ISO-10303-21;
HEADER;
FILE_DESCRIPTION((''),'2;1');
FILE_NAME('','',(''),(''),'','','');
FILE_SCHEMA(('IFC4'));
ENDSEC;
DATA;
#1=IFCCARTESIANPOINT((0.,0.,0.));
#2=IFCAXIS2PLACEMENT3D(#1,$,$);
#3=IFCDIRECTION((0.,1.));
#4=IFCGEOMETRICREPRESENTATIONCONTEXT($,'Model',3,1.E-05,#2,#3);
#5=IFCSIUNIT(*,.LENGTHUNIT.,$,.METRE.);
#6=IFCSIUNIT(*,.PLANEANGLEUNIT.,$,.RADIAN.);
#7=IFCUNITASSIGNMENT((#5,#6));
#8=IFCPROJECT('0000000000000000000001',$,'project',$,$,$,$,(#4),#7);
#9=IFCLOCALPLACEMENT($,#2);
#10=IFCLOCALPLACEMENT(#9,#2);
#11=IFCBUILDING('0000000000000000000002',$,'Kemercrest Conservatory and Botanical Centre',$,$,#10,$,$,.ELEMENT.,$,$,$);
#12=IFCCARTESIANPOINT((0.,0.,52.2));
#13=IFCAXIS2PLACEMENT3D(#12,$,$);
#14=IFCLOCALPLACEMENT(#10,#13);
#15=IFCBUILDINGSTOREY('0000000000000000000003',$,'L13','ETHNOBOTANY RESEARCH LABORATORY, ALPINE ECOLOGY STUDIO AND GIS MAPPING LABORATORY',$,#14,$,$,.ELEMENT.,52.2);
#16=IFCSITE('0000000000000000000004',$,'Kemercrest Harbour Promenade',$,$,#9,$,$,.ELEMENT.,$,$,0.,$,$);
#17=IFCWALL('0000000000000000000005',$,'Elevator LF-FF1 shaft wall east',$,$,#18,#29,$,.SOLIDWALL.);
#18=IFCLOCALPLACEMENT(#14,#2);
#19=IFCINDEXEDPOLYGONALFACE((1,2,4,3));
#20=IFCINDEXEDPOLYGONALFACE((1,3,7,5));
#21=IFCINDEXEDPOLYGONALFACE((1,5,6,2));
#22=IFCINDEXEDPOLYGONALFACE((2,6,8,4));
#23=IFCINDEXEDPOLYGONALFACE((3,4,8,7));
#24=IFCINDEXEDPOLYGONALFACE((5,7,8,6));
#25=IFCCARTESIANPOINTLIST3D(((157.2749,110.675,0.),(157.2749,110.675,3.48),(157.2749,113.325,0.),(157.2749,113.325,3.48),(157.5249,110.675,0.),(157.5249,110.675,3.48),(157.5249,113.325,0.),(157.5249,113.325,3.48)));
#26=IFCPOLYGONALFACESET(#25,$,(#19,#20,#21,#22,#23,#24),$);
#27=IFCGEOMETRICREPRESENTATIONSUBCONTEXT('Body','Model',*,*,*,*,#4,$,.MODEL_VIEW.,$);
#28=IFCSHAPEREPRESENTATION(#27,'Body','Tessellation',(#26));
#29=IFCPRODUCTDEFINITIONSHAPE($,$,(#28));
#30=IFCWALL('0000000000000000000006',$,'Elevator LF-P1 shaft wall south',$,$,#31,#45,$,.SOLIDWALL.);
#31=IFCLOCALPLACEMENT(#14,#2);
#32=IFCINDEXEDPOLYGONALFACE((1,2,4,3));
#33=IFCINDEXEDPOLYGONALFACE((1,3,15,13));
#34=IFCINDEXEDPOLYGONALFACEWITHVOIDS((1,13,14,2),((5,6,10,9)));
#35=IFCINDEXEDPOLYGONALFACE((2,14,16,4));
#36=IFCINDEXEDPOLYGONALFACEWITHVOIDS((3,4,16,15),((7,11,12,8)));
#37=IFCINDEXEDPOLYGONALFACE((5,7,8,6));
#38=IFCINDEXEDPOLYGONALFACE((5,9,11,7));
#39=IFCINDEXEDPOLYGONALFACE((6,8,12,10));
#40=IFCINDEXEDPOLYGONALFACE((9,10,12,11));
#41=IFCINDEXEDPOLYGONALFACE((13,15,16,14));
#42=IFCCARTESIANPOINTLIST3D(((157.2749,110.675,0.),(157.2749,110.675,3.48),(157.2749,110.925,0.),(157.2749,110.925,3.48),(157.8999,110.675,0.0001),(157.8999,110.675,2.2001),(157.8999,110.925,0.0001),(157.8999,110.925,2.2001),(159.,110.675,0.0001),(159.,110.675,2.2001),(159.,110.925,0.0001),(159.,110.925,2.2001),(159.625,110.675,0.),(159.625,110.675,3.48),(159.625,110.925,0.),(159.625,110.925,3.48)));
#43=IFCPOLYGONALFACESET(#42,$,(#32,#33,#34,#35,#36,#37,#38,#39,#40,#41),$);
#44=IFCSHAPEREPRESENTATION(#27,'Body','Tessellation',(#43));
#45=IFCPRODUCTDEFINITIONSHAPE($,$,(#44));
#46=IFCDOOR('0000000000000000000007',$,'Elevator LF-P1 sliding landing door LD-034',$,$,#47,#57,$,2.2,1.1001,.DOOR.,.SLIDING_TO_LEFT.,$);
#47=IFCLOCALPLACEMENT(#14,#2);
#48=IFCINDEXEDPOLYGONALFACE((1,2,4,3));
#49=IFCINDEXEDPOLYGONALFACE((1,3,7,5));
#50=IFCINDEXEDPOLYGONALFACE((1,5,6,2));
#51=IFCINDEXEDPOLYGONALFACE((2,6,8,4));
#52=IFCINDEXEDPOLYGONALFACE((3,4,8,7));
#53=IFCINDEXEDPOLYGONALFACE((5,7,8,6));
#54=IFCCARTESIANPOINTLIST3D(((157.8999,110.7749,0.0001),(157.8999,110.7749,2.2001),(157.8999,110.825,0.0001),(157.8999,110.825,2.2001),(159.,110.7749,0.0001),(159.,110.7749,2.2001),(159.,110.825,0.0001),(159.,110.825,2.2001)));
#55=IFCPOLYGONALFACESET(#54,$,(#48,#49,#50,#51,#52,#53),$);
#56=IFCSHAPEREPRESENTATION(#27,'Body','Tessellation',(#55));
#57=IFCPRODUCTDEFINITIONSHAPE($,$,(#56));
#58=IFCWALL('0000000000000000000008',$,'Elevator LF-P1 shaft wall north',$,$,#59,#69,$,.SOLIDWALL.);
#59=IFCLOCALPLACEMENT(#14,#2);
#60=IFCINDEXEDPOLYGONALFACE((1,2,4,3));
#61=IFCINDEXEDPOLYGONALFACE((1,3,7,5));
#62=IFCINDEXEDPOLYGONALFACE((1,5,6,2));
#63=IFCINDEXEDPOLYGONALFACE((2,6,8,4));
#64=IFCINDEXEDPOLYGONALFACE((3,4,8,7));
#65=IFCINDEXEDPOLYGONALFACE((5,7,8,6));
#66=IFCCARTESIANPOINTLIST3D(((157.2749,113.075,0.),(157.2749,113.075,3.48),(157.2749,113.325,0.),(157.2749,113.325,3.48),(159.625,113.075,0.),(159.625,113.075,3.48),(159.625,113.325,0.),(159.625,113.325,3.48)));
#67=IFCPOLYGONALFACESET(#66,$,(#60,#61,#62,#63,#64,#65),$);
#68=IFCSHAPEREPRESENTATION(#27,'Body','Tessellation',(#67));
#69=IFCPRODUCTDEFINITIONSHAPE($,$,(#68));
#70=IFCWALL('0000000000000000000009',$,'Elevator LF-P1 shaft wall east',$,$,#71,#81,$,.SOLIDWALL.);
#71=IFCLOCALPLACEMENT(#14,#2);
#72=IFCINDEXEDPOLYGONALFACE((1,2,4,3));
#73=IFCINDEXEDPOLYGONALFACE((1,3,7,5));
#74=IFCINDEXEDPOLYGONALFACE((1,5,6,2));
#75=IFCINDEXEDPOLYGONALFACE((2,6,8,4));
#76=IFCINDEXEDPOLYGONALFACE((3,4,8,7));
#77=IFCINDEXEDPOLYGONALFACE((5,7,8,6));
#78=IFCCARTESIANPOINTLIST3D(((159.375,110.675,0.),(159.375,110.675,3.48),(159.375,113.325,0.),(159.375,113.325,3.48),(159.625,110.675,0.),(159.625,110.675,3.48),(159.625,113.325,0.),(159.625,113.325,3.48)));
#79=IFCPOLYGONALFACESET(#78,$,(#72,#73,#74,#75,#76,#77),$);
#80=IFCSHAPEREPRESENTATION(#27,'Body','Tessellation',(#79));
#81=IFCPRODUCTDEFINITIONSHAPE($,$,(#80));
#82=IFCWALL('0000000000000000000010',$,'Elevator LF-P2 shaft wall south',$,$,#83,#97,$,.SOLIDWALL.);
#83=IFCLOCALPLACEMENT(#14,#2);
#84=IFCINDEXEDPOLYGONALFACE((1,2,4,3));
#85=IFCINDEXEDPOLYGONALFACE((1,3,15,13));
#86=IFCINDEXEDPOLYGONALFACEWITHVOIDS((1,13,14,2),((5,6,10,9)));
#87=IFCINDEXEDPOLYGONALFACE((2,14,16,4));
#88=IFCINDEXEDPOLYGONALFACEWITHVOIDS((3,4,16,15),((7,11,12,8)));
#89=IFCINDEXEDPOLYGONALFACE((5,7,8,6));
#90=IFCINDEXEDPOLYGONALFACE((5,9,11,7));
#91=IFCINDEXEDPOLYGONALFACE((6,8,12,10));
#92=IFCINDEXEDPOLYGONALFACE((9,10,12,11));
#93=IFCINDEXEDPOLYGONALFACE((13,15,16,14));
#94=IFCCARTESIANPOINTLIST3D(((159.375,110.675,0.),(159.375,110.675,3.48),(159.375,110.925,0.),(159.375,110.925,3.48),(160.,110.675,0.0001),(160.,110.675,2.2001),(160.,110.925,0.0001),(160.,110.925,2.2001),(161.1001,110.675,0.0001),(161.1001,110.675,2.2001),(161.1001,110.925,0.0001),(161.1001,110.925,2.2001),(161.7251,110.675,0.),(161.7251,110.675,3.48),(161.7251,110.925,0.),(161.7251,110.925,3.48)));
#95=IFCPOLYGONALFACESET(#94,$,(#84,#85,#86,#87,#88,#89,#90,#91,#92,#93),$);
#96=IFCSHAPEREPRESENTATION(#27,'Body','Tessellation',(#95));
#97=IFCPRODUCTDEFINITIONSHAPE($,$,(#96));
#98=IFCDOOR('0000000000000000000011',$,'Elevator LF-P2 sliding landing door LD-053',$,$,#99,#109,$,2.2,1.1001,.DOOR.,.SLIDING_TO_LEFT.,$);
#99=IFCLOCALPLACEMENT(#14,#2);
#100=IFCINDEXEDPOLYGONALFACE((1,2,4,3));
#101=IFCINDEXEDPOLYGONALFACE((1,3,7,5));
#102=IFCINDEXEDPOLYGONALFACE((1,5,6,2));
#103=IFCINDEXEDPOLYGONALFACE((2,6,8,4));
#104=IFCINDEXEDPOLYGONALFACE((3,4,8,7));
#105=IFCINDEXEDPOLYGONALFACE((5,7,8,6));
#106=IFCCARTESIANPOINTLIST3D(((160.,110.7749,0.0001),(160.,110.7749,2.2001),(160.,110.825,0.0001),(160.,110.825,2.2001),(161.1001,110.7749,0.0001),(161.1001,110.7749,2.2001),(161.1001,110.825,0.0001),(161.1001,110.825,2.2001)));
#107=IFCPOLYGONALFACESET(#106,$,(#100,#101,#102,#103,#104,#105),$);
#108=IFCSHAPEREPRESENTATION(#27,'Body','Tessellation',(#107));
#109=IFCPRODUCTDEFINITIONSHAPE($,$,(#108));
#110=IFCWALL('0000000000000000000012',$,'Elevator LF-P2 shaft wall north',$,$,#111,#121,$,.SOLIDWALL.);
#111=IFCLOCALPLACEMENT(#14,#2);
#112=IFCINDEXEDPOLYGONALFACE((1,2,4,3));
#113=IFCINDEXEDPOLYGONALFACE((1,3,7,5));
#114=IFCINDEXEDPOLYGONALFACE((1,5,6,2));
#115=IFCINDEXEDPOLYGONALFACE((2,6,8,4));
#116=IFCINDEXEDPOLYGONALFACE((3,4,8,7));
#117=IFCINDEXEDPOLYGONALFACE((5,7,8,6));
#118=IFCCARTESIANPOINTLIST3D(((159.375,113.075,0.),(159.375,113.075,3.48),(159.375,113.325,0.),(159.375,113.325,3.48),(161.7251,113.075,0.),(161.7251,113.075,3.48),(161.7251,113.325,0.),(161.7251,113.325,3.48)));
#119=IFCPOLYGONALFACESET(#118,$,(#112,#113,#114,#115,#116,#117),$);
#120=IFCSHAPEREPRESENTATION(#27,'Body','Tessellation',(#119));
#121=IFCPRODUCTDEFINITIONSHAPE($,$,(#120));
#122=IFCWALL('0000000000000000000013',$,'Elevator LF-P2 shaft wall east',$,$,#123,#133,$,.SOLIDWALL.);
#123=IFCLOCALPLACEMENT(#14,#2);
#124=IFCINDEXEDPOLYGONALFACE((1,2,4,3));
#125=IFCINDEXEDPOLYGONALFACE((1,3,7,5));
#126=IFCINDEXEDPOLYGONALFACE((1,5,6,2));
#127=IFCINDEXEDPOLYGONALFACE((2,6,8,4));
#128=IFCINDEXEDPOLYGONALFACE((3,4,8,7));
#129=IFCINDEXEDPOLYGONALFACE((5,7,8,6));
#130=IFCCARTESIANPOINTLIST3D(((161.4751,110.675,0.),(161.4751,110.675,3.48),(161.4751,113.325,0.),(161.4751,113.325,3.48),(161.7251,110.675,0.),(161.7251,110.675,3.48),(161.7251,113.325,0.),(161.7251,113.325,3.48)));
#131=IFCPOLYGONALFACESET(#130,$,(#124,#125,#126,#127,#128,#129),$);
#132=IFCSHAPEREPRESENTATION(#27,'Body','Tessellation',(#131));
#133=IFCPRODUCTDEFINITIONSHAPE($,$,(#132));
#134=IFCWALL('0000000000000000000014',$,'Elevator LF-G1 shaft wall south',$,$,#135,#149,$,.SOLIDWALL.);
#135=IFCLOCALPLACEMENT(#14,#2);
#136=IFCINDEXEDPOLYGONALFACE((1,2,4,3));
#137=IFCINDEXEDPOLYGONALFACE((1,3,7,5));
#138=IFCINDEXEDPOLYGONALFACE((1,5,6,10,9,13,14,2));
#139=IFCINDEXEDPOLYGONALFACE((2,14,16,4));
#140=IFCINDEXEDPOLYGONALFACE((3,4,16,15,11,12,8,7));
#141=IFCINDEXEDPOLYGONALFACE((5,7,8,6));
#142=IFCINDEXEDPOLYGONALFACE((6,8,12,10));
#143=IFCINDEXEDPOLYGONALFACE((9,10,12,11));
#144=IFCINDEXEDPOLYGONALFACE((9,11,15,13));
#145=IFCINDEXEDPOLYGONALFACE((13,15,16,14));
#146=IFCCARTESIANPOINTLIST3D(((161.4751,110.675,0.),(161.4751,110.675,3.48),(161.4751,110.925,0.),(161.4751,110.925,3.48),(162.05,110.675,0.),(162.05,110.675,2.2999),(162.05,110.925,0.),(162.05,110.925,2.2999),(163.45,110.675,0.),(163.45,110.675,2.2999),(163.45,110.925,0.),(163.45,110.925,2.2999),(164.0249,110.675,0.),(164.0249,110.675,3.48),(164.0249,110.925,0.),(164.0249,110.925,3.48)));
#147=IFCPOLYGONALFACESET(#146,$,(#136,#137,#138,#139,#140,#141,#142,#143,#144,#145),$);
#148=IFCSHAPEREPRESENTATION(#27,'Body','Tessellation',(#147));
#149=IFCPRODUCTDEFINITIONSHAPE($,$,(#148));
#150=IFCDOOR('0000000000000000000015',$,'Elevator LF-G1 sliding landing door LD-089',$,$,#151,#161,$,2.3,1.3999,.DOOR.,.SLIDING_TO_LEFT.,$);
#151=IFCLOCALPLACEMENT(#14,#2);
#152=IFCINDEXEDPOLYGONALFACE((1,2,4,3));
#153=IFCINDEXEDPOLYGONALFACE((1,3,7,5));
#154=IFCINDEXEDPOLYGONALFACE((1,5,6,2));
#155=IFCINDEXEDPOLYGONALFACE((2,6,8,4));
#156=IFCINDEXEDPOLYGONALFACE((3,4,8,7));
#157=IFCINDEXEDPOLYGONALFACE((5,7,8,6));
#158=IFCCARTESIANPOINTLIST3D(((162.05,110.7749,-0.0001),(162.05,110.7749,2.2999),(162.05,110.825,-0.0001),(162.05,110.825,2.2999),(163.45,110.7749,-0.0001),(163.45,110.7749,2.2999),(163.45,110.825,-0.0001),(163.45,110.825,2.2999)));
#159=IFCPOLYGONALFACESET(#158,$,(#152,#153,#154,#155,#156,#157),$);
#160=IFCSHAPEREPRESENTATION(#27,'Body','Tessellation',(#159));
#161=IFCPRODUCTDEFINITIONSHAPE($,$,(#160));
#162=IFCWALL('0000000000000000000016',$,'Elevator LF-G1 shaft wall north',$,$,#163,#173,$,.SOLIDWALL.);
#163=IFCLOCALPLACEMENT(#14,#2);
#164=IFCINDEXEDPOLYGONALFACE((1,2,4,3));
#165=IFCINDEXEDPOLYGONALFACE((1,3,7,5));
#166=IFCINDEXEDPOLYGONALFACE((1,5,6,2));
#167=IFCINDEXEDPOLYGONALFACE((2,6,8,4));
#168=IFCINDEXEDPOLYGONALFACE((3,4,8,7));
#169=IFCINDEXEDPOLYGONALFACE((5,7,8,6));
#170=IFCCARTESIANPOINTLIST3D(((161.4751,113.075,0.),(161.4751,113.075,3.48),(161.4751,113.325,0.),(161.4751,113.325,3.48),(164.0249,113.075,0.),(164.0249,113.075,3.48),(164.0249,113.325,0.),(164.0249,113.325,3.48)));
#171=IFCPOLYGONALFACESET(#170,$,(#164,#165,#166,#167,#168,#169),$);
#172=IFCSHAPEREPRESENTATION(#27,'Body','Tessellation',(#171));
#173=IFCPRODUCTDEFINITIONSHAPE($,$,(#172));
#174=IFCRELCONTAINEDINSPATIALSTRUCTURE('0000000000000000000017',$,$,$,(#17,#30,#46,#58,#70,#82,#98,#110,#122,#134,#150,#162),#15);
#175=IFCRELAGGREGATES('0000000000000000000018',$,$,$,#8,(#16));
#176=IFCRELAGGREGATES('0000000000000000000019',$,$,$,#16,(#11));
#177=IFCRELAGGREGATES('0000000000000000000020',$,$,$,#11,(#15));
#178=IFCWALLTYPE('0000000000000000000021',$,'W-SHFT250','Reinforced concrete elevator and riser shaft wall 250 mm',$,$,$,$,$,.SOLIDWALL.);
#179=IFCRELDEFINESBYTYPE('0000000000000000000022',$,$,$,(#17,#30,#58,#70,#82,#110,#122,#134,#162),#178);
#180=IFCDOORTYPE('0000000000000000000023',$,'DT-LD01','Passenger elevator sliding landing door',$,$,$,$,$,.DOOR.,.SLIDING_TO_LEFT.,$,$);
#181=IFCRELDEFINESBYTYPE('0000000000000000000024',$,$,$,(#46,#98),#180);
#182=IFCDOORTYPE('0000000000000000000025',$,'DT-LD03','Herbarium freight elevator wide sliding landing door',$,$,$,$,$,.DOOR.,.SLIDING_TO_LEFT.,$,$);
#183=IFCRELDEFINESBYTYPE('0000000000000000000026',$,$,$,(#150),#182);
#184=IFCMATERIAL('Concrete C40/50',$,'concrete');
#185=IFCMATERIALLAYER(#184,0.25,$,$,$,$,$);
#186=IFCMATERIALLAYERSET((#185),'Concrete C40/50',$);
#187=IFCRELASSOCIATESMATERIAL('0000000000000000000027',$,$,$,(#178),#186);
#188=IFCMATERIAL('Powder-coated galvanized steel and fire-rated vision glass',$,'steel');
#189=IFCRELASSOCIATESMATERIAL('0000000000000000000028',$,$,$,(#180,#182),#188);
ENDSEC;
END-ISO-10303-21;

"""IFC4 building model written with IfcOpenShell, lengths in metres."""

from ifc_helpers import new_model, si_unit, direction, frame, frame_2d, origin, place, context, subcontext, project, spatial, rectangle, extrude, material, layer, layer_set, type_object, element, fill, save


model = new_model("IFC4")

# Units and contexts
model_context = context("Model", 3, precision=1e-05, world=origin(), true_north=direction((0.0, 1.0)))
body_context = subcontext(model_context, "Body", "Model", "MODEL_VIEW")
ifc_project = project(units=[si_unit("LENGTHUNIT", "METRE"), si_unit("PLANEANGLEUNIT", "RADIAN")], contexts=[model_context])

# Site, building, storey
site_placement = place(None, origin())
site = spatial("IfcSite", under=ifc_project, at=site_placement, Name="Kemercrest Harbour Promenade", CompositionType="ELEMENT", RefElevation=0.0)
building_placement = place(site_placement, origin())
building = spatial("IfcBuilding", under=site, at=building_placement, Name="Kemercrest Conservatory and Botanical Centre", CompositionType="ELEMENT")
storey_placement = place(building_placement, frame((0.0, 0.0, 52.2)))
storey = spatial("IfcBuildingStorey", under=building, at=storey_placement, Name="L13", Description="ETHNOBOTANY RESEARCH LABORATORY, ALPINE ECOLOGY STUDIO AND GIS MAPPING LABORATORY", CompositionType="ELEMENT", Elevation=52.2)

# Shared definitions
ifc_material_1 = material(Name="Concrete C40/50", Category="concrete")

# Wall
ifc_layer_1 = layer(ifc_material_1, 0.25)
ifc_layer_set_1 = layer_set([ifc_layer_1], Name="Concrete C40/50")
wall_type_1 = type_object("IfcWallType", Name="W-SHFT250", Description="Reinforced concrete elevator and riser shaft wall 250 mm", PredefinedType="SOLIDWALL", material=ifc_layer_set_1)
wall_1_placement = place(storey_placement, frame((157.3999, 110.675, 0.0), z_axis=(0.0, 0.0, 1.0), x_axis=(0.0, 1.0, 0.0)))
element("IfcWall", 1, at=wall_1_placement, inside=storey, type_object=wall_type_1, Name="Elevator LF-FF1 shaft wall east", PredefinedType="SOLIDWALL", context=body_context, shape_type="SweptSolid", body=[
    extrude(rectangle(XDim=2.6499, YDim=0.25, at=frame_2d((1.325, 0.0))), origin(), (0.0, 0.0, 1.0), 3.48),
])

# Wall, opening, door
wall_2_placement = place(storey_placement, frame((157.2749, 110.8, 0.0), z_axis=(0.0, 0.0, 1.0), x_axis=(1.0, 0.0, 0.0)))
wall_2 = element("IfcWall", 2, at=wall_2_placement, inside=storey, type_object=wall_type_1, Name="Elevator LF-P1 shaft wall south", PredefinedType="SOLIDWALL", context=body_context, shape_type="SweptSolid", body=[
    extrude(rectangle(XDim=2.3501, YDim=0.25, at=frame_2d((1.175, 0.0))), origin(), (0.0, 0.0, 1.0), 3.48),
])
opening_1_placement = place(wall_2_placement, frame((0.625, 0.0, 0.0)))
opening_1 = element("IfcOpeningElement", 3, at=opening_1_placement, cuts=wall_2, PredefinedType="OPENING", context=body_context, shape_type="SweptSolid", body=[
    extrude(rectangle(XDim=1.1001, YDim=2.2, at=frame_2d((0.55, 1.1001))), frame((0.0, 0.135, 0.0), z_axis=(0.0, -1.0, 0.0), x_axis=(1.0, 0.0, 0.0)), (0.0, 0.0, 1.0), 0.27),
])
ifc_material_2 = material(Name="Powder-coated galvanized steel and fire-rated vision glass", Category="steel")
door_type_1 = type_object("IfcDoorType", Name="DT-LD01", Description="Passenger elevator sliding landing door", OperationType="SLIDING_TO_LEFT", PredefinedType="DOOR", material=ifc_material_2)
door_1_placement = place(opening_1_placement, origin())
door_1 = element("IfcDoor", 4, at=door_1_placement, inside=storey, type_object=door_type_1, Name="Elevator LF-P1 sliding landing door LD-034", OperationType="SLIDING_TO_LEFT", OverallHeight=2.2, OverallWidth=1.1001, PredefinedType="DOOR", context=body_context, shape_type="SweptSolid", body=[
    extrude(rectangle(XDim=1.1001, YDim=2.2, at=frame_2d((0.55, 1.1001))), frame((0.0, 0.0249, 0.0), z_axis=(0.0, -1.0, 0.0), x_axis=(1.0, 0.0, 0.0)), (0.0, 0.0, 1.0), 0.05),
])
fill(opening_1, door_1)

# Walls
wall_3_placement = place(storey_placement, frame((157.2749, 113.2, 0.0), z_axis=(0.0, 0.0, 1.0), x_axis=(1.0, 0.0, 0.0)))
element("IfcWall", 5, at=wall_3_placement, inside=storey, type_object=wall_type_1, Name="Elevator LF-P1 shaft wall north", PredefinedType="SOLIDWALL", context=body_context, shape_type="SweptSolid", body=[
    extrude(rectangle(XDim=2.3501, YDim=0.25, at=frame_2d((1.175, 0.0))), origin(), (0.0, 0.0, 1.0), 3.48),
])
wall_4_placement = place(storey_placement, frame((159.5, 110.675, 0.0), z_axis=(0.0, 0.0, 1.0), x_axis=(0.0, 1.0, 0.0)))
element("IfcWall", 6, at=wall_4_placement, inside=storey, type_object=wall_type_1, Name="Elevator LF-P1 shaft wall east", PredefinedType="SOLIDWALL", context=body_context, shape_type="SweptSolid", body=[
    extrude(rectangle(XDim=2.6499, YDim=0.25, at=frame_2d((1.325, 0.0))), origin(), (0.0, 0.0, 1.0), 3.48),
])

# Wall, opening, door
wall_5_placement = place(storey_placement, frame((159.375, 110.8, 0.0), z_axis=(0.0, 0.0, 1.0), x_axis=(1.0, 0.0, 0.0)))
wall_5 = element("IfcWall", 7, at=wall_5_placement, inside=storey, type_object=wall_type_1, Name="Elevator LF-P2 shaft wall south", PredefinedType="SOLIDWALL", context=body_context, shape_type="SweptSolid", body=[
    extrude(rectangle(XDim=2.3501, YDim=0.25, at=frame_2d((1.175, 0.0))), origin(), (0.0, 0.0, 1.0), 3.48),
])
opening_2_placement = place(wall_5_placement, frame((0.625, 0.0, 0.0)))
opening_2 = element("IfcOpeningElement", 8, at=opening_2_placement, cuts=wall_5, PredefinedType="OPENING", context=body_context, shape_type="SweptSolid", body=[
    extrude(rectangle(XDim=1.1001, YDim=2.2, at=frame_2d((0.55, 1.1001))), frame((0.0, 0.135, 0.0), z_axis=(0.0, -1.0, 0.0), x_axis=(1.0, 0.0, 0.0)), (0.0, 0.0, 1.0), 0.27),
])
door_2_placement = place(opening_2_placement, origin())
door_2 = element("IfcDoor", 9, at=door_2_placement, inside=storey, type_object=door_type_1, Name="Elevator LF-P2 sliding landing door LD-053", OperationType="SLIDING_TO_LEFT", OverallHeight=2.2, OverallWidth=1.1001, PredefinedType="DOOR", context=body_context, shape_type="SweptSolid", body=[
    extrude(rectangle(XDim=1.1001, YDim=2.2, at=frame_2d((0.55, 1.1001))), frame((0.0, 0.0249, 0.0), z_axis=(0.0, -1.0, 0.0), x_axis=(1.0, 0.0, 0.0)), (0.0, 0.0, 1.0), 0.05),
])
fill(opening_2, door_2)

# Walls
wall_6_placement = place(storey_placement, frame((159.375, 113.2, 0.0), z_axis=(0.0, 0.0, 1.0), x_axis=(1.0, 0.0, 0.0)))
element("IfcWall", 10, at=wall_6_placement, inside=storey, type_object=wall_type_1, Name="Elevator LF-P2 shaft wall north", PredefinedType="SOLIDWALL", context=body_context, shape_type="SweptSolid", body=[
    extrude(rectangle(XDim=2.3501, YDim=0.25, at=frame_2d((1.175, 0.0))), origin(), (0.0, 0.0, 1.0), 3.48),
])
wall_7_placement = place(storey_placement, frame((161.6001, 110.675, 0.0), z_axis=(0.0, 0.0, 1.0), x_axis=(0.0, 1.0, 0.0)))
element("IfcWall", 11, at=wall_7_placement, inside=storey, type_object=wall_type_1, Name="Elevator LF-P2 shaft wall east", PredefinedType="SOLIDWALL", context=body_context, shape_type="SweptSolid", body=[
    extrude(rectangle(XDim=2.6499, YDim=0.25, at=frame_2d((1.325, 0.0))), origin(), (0.0, 0.0, 1.0), 3.48),
])

# Wall, opening, door
wall_8_placement = place(storey_placement, frame((161.4751, 110.8, 0.0), z_axis=(0.0, 0.0, 1.0), x_axis=(1.0, 0.0, 0.0)))
wall_8 = element("IfcWall", 12, at=wall_8_placement, inside=storey, type_object=wall_type_1, Name="Elevator LF-G1 shaft wall south", PredefinedType="SOLIDWALL", context=body_context, shape_type="SweptSolid", body=[
    extrude(rectangle(XDim=2.5498, YDim=0.25, at=frame_2d((1.2749, 0.0))), origin(), (0.0, 0.0, 1.0), 3.48),
])
opening_3_placement = place(wall_8_placement, frame((0.575, 0.0, 0.0)))
opening_3 = element("IfcOpeningElement", 13, at=opening_3_placement, cuts=wall_8, PredefinedType="OPENING", context=body_context, shape_type="SweptSolid", body=[
    extrude(rectangle(XDim=1.3999, YDim=2.3, at=frame_2d((0.7, 1.1499))), frame((0.0, 0.135, 0.0), z_axis=(0.0, -1.0, 0.0), x_axis=(1.0, 0.0, 0.0)), (0.0, 0.0, 1.0), 0.27),
])
door_type_2 = type_object("IfcDoorType", Name="DT-LD03", Description="Herbarium freight elevator wide sliding landing door", OperationType="SLIDING_TO_LEFT", PredefinedType="DOOR", material=ifc_material_2)
door_3_placement = place(opening_3_placement, origin())
door_3 = element("IfcDoor", 14, at=door_3_placement, inside=storey, type_object=door_type_2, Name="Elevator LF-G1 sliding landing door LD-089", OperationType="SLIDING_TO_LEFT", OverallHeight=2.3, OverallWidth=1.3999, PredefinedType="DOOR", context=body_context, shape_type="SweptSolid", body=[
    extrude(rectangle(XDim=1.3999, YDim=2.3, at=frame_2d((0.7, 1.1499))), frame((0.0, 0.0249, 0.0), z_axis=(0.0, -1.0, 0.0), x_axis=(1.0, 0.0, 0.0)), (0.0, 0.0, 1.0), 0.05),
])
fill(opening_3, door_3)

# Wall
wall_9_placement = place(storey_placement, frame((161.4751, 113.2, 0.0), z_axis=(0.0, 0.0, 1.0), x_axis=(1.0, 0.0, 0.0)))
element("IfcWall", 15, at=wall_9_placement, inside=storey, type_object=wall_type_1, Name="Elevator LF-G1 shaft wall north", PredefinedType="SOLIDWALL", context=body_context, shape_type="SweptSolid", body=[
    extrude(rectangle(XDim=2.5498, YDim=0.25, at=frame_2d((1.2749, 0.0))), origin(), (0.0, 0.0, 1.0), 3.48),
])

save(model, "model.ifc")
